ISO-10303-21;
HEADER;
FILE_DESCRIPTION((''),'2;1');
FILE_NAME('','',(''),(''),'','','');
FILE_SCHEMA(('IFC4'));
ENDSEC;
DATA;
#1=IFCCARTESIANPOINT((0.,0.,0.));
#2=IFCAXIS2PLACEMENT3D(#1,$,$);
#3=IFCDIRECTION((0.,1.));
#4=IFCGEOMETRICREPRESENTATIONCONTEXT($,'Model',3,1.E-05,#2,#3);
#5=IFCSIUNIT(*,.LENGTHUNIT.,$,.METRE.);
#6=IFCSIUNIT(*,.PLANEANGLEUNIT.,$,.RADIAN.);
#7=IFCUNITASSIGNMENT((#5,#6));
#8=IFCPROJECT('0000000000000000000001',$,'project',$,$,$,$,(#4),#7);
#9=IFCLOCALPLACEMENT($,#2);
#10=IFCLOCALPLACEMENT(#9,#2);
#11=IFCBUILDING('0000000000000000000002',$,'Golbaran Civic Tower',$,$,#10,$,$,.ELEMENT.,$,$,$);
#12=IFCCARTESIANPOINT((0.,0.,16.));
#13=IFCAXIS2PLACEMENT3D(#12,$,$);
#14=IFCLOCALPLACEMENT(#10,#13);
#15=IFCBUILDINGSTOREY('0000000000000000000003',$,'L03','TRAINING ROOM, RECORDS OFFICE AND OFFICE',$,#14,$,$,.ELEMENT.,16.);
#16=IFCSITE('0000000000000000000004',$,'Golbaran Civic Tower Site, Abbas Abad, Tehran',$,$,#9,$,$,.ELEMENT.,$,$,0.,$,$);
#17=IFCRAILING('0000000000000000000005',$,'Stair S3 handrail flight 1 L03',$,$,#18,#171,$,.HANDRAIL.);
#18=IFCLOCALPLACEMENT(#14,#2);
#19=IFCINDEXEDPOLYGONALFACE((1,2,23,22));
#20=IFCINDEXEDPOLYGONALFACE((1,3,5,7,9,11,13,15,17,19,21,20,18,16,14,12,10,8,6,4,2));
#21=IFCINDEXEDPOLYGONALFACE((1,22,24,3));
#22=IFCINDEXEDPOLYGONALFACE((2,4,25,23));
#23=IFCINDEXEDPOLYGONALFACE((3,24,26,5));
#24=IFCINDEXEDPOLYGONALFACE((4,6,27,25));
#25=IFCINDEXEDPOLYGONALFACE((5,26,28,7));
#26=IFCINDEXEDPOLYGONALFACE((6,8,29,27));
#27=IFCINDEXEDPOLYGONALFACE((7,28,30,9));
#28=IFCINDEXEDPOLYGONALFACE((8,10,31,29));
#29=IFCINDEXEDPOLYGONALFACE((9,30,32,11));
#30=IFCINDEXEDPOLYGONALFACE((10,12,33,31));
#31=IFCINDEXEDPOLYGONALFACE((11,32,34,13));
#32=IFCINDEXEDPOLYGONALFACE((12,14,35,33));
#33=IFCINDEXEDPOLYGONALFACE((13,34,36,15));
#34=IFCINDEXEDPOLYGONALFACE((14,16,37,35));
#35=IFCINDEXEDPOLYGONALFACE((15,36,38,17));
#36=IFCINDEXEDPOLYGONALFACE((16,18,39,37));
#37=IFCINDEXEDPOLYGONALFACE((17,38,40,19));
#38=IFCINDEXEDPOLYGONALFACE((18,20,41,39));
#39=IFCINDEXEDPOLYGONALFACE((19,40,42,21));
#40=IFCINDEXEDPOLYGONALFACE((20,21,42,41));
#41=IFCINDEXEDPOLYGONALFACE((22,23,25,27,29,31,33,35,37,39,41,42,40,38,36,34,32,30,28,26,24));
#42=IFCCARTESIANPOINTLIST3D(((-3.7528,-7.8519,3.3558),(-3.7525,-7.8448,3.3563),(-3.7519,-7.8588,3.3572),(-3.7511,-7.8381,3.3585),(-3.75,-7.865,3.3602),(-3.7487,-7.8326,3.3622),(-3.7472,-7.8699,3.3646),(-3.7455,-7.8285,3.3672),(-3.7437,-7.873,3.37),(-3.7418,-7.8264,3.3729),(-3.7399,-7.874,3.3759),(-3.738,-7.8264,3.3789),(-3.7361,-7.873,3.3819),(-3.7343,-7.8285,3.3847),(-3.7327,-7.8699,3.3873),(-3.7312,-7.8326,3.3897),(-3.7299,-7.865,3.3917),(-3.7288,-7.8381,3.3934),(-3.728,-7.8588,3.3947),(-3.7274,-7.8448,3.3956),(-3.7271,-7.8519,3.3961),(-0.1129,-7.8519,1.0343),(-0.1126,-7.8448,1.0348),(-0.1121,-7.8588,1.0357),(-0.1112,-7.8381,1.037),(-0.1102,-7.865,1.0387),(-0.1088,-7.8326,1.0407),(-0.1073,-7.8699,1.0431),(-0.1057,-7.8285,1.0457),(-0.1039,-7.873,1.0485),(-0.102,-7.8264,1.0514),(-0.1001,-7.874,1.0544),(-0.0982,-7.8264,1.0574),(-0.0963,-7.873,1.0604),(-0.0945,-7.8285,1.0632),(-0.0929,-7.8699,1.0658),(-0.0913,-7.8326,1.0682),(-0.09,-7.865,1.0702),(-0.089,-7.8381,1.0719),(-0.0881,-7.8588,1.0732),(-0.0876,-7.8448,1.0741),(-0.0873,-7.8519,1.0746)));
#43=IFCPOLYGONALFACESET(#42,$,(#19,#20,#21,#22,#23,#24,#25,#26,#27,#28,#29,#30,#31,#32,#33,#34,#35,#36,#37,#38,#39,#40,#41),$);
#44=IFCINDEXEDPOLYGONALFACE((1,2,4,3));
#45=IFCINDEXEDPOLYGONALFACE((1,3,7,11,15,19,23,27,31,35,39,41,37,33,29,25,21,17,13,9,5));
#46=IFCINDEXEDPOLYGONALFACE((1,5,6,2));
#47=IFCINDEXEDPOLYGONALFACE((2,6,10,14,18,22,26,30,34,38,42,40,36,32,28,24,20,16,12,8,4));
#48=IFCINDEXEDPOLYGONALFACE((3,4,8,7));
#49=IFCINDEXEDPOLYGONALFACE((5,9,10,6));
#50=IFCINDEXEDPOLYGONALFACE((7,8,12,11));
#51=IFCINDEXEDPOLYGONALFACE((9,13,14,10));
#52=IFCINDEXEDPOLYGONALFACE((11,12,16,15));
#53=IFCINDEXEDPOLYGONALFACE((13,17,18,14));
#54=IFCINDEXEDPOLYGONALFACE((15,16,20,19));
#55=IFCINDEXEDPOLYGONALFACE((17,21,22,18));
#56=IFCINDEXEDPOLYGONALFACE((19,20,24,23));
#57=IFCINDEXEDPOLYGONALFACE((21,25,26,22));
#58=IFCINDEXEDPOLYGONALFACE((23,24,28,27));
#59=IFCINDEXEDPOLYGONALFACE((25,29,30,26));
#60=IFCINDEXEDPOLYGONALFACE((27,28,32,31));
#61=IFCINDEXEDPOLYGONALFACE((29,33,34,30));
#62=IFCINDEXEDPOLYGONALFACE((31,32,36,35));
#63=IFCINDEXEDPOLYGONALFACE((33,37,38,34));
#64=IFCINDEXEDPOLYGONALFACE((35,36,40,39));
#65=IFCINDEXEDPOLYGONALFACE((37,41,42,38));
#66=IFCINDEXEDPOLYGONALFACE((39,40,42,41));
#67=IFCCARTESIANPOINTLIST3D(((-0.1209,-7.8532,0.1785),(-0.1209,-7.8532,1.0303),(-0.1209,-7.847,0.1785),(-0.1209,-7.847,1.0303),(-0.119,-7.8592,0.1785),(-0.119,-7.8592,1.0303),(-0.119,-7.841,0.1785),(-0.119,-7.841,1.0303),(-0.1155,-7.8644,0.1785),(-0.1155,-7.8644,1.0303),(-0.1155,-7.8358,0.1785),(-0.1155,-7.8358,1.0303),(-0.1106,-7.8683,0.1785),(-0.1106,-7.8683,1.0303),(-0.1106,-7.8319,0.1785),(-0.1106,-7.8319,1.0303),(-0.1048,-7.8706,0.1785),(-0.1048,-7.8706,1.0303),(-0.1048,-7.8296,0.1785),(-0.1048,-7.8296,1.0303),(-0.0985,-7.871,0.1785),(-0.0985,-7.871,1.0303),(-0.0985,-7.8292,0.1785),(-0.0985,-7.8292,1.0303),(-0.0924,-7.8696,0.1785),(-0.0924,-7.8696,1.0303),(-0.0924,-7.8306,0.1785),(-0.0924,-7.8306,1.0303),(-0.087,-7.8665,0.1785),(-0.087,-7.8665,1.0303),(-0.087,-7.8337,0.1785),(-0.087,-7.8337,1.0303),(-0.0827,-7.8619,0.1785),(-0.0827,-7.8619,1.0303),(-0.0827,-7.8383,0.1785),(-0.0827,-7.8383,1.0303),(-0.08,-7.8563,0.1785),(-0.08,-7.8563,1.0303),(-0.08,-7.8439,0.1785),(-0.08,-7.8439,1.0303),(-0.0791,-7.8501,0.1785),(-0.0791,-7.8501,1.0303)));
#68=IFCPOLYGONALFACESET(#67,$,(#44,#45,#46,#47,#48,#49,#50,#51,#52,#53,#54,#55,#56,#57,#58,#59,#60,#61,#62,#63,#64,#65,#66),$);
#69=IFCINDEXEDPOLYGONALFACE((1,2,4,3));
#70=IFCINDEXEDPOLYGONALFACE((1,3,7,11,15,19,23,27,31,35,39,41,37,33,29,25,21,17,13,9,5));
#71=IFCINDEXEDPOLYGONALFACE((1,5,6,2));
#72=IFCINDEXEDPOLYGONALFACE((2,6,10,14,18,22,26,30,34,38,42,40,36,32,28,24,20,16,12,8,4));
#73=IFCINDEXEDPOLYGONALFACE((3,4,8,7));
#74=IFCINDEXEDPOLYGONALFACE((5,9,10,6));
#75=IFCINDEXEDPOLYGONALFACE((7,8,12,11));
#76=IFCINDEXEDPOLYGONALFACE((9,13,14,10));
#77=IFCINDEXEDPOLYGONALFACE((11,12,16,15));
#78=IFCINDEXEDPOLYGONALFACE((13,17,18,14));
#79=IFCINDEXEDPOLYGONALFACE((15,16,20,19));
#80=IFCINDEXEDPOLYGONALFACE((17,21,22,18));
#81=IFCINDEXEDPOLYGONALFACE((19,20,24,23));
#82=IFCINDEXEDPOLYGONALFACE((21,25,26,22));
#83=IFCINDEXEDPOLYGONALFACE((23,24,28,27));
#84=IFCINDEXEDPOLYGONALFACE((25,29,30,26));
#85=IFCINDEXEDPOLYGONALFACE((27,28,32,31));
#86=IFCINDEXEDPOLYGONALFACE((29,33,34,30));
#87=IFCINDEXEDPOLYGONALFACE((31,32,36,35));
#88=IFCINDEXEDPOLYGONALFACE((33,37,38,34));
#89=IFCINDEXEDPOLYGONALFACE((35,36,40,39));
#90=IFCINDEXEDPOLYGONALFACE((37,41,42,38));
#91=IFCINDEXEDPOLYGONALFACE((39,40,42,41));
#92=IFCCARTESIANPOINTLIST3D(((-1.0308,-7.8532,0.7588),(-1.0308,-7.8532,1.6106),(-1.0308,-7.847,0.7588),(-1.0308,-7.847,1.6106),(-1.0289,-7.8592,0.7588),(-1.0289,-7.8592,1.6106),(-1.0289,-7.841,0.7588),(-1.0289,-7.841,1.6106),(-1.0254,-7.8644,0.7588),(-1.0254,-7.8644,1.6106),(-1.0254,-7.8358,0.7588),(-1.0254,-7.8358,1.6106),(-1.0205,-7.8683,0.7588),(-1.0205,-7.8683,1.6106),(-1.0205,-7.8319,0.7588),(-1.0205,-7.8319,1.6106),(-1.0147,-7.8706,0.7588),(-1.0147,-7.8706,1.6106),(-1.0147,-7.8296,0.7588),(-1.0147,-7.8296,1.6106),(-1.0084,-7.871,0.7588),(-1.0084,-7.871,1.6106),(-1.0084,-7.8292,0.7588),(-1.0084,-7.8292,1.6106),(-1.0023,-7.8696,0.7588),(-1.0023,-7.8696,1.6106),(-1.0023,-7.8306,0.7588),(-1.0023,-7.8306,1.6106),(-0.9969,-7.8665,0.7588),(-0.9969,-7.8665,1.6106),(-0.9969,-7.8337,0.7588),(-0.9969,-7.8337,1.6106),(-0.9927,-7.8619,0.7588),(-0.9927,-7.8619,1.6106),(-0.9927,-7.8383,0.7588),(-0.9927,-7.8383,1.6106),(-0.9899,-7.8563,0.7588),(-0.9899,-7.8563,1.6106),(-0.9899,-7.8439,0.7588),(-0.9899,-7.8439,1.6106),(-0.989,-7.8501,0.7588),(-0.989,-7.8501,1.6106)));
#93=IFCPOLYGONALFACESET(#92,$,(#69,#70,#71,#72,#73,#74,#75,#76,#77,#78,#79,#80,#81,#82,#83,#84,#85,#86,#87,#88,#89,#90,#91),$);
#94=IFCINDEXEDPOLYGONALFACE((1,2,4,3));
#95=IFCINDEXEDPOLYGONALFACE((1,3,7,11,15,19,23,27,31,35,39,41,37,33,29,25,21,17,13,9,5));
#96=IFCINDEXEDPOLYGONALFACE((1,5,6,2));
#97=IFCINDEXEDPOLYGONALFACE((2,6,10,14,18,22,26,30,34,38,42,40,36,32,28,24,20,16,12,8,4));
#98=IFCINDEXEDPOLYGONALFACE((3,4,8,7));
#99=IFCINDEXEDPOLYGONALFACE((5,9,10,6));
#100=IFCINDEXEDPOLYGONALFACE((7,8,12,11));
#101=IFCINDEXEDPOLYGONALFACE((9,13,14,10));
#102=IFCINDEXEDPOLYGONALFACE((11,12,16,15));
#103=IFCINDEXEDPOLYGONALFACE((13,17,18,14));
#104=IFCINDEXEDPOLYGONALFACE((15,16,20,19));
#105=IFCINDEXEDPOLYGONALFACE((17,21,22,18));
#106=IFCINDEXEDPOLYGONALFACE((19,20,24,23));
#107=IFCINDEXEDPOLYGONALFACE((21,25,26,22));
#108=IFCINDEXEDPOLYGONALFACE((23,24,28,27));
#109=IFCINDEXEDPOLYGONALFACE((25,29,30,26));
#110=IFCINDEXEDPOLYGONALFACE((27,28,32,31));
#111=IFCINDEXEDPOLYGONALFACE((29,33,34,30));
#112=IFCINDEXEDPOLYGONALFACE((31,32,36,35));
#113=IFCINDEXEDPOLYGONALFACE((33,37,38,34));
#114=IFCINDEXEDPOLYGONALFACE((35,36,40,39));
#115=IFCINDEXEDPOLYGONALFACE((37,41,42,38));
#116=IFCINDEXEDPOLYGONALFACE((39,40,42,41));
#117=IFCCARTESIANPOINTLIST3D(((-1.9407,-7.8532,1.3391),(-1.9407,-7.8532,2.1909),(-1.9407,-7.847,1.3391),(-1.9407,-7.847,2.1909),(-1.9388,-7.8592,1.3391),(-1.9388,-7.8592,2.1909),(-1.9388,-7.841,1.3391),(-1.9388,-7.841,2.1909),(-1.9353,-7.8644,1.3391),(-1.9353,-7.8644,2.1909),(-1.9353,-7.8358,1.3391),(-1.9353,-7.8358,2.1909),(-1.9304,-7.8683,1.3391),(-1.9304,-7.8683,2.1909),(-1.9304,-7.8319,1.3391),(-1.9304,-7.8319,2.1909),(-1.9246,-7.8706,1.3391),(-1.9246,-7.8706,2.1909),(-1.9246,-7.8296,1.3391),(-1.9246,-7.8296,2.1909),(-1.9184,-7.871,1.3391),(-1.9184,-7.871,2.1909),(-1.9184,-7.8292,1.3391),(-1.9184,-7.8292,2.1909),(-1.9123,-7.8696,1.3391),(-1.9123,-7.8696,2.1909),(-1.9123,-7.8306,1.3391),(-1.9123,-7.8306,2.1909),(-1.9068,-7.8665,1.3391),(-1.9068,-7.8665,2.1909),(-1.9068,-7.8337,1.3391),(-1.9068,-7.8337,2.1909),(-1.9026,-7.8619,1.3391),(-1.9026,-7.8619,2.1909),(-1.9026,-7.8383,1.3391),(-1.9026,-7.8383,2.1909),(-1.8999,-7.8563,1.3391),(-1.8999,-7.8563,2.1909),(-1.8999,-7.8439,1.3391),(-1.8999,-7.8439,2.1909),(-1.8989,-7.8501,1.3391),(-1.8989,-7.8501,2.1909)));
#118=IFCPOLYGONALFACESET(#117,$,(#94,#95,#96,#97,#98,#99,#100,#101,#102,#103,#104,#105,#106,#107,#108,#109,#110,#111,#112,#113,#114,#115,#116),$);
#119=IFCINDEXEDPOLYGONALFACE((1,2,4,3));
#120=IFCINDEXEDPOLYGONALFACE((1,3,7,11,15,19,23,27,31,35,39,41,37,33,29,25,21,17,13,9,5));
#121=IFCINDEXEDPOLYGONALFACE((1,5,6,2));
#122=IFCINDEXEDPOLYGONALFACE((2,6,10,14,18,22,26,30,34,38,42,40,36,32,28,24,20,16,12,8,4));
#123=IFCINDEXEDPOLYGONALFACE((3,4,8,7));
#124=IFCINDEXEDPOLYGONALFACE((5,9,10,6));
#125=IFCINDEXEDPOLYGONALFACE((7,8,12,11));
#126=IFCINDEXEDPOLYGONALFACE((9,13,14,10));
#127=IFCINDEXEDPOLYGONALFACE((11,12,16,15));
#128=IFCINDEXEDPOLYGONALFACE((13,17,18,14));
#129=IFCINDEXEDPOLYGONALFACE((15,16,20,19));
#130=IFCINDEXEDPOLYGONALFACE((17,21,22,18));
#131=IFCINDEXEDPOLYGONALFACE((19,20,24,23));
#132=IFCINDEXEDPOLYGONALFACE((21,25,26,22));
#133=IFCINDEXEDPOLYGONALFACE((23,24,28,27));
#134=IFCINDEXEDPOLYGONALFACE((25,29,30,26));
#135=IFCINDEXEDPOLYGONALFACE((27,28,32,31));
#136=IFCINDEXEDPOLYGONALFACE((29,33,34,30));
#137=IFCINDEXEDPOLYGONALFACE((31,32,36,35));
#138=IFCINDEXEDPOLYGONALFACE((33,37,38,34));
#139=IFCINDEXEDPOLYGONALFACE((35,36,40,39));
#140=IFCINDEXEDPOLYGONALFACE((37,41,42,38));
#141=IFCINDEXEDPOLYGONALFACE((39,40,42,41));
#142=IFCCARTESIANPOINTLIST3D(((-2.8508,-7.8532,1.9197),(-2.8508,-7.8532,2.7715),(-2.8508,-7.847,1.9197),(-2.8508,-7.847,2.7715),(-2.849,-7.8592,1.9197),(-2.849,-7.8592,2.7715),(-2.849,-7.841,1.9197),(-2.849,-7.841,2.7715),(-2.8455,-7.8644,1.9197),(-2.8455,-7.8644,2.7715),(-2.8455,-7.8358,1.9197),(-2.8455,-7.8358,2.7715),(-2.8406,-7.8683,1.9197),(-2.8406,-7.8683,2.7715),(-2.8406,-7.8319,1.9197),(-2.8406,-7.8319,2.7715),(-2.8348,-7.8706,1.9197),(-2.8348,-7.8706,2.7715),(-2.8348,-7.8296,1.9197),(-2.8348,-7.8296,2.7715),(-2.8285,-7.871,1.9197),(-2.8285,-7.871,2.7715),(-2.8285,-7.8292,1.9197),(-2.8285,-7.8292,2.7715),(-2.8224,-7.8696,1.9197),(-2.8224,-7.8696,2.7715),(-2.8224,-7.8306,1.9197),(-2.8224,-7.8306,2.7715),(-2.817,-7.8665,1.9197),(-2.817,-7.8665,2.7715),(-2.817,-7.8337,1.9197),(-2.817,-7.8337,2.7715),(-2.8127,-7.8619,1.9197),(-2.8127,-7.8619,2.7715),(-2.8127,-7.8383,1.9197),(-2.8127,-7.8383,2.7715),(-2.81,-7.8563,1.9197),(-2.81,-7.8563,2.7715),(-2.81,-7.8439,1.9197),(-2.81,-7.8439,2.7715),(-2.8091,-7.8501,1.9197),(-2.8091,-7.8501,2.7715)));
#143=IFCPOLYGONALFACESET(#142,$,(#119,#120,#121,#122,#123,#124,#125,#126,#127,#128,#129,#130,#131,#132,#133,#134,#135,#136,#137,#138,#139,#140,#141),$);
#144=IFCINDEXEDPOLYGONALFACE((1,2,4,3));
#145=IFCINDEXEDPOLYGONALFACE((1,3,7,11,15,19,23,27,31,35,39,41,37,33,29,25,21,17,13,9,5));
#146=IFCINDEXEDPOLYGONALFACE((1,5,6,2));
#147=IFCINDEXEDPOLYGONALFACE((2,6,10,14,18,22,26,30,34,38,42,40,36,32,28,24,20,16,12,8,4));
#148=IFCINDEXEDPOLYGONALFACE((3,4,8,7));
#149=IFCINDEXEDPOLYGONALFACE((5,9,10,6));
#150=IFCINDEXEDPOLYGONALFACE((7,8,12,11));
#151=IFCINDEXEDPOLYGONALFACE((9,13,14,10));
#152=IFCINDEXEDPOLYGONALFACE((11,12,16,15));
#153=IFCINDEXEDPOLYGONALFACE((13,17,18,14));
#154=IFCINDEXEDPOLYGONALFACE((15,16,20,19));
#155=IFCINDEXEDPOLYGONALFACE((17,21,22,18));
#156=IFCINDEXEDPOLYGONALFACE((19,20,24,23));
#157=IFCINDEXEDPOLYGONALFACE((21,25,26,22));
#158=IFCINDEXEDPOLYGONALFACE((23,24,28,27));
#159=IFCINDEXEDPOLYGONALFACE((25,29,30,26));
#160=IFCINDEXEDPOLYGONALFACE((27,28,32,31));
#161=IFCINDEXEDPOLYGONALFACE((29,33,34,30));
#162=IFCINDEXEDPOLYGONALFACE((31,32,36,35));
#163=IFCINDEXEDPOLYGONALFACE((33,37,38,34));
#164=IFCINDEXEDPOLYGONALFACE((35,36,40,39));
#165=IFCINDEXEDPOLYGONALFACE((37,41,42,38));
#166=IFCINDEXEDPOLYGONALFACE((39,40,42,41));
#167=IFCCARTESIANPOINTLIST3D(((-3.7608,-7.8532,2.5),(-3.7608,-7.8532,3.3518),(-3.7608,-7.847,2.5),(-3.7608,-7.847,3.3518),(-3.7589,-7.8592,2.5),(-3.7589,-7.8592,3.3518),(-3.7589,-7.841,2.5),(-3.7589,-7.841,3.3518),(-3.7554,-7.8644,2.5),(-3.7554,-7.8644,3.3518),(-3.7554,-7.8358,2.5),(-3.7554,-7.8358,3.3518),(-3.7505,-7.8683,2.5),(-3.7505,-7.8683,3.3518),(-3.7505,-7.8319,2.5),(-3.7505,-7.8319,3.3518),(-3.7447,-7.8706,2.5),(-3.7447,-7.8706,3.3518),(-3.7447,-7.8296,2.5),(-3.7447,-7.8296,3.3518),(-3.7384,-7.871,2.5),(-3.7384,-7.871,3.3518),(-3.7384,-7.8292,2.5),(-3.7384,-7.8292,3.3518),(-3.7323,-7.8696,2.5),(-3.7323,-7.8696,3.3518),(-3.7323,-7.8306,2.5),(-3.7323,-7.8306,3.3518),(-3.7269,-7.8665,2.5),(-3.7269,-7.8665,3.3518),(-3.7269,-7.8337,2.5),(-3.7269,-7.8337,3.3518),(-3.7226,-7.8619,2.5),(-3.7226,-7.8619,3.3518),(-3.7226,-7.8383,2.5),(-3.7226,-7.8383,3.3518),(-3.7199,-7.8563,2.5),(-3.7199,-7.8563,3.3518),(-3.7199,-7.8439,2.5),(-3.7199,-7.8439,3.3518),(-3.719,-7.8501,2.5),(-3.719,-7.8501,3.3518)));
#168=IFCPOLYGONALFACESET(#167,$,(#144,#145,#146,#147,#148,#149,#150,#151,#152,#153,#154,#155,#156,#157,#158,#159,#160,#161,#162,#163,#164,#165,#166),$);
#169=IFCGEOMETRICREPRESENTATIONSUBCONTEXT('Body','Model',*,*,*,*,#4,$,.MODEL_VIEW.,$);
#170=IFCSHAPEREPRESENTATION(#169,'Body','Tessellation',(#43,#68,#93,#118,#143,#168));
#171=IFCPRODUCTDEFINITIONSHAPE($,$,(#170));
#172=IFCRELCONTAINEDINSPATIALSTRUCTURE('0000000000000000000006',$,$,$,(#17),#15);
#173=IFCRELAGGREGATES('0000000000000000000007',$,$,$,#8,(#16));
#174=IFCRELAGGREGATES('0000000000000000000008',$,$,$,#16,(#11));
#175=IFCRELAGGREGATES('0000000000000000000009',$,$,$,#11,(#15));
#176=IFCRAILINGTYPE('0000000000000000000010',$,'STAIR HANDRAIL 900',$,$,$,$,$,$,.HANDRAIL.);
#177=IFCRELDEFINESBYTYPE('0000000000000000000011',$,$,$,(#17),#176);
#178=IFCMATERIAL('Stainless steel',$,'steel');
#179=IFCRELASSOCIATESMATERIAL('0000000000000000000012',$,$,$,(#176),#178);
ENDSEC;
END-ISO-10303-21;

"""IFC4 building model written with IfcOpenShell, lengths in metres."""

from ifc_helpers import new_model, si_unit, direction, frame, origin, origin_2d, place, context, subcontext, project, spatial, circle, extrude, material, type_object, element, save


model = new_model("IFC4")

# Units and contexts
model_context = context("Model", 3, precision=1e-05, world=origin(), true_north=direction((0.0, 1.0)))
body_context = subcontext(model_context, "Body", "Model", "MODEL_VIEW")
ifc_project = project(units=[si_unit("LENGTHUNIT", "METRE"), si_unit("PLANEANGLEUNIT", "RADIAN")], contexts=[model_context])

# Site, building, storey
site_placement = place(None, origin())
site = spatial("IfcSite", under=ifc_project, at=site_placement, Name="Golbaran Civic Tower Site, Abbas Abad, Tehran", CompositionType="ELEMENT", RefElevation=0.0)
building_placement = place(site_placement, origin())
building = spatial("IfcBuilding", under=site, at=building_placement, Name="Golbaran Civic Tower", CompositionType="ELEMENT")
storey_placement = place(building_placement, frame((0.0, 0.0, 16.0)))
storey = spatial("IfcBuildingStorey", under=building, at=storey_placement, Name="L03", Description="TRAINING ROOM, RECORDS OFFICE AND OFFICE", CompositionType="ELEMENT", Elevation=16.0)

# Railing
ifc_material_1 = material(Name="Stainless steel", Category="steel")
railing_type_1 = type_object("IfcRailingType", Name="STAIR HANDRAIL 900", PredefinedType="HANDRAIL", material=ifc_material_1)
railing_1_placement = place(storey_placement, frame((-0.1001, -7.8501, 0.1785)))
element("IfcRailing", 1, at=railing_1_placement, inside=storey, type_object=railing_type_1, Name="Stair S3 handrail flight 1 L03", PredefinedType="HANDRAIL", context=body_context, shape_type="SweptSolid", body=[
    extrude(circle(Radius=0.0239, at=origin_2d()), frame((0.0, 0.0, 0.876), z_axis=(-0.843112, 0.0, 0.537739), x_axis=(0.0, -1.0, 0.0)), (0.0, 0.0, 1.0), 4.3171),
    extrude(circle(Radius=0.021, at=origin_2d()), origin(), (0.0, 0.0, 1.0), 0.8518),
    extrude(circle(Radius=0.021, at=origin_2d()), frame((-0.9099, 0.0, 0.5803)), (0.0, 0.0, 1.0), 0.8518),
    extrude(circle(Radius=0.021, at=origin_2d()), frame((-1.8198, 0.0, 1.1606)), (0.0, 0.0, 1.0), 0.8518),
    extrude(circle(Radius=0.021, at=origin_2d()), frame((-2.73, 0.0, 1.7412)), (0.0, 0.0, 1.0), 0.8518),
    extrude(circle(Radius=0.021, at=origin_2d()), frame((-3.6399, 0.0, 2.3215)), (0.0, 0.0, 1.0), 0.8518),
])

save(model, "model.ifc")
